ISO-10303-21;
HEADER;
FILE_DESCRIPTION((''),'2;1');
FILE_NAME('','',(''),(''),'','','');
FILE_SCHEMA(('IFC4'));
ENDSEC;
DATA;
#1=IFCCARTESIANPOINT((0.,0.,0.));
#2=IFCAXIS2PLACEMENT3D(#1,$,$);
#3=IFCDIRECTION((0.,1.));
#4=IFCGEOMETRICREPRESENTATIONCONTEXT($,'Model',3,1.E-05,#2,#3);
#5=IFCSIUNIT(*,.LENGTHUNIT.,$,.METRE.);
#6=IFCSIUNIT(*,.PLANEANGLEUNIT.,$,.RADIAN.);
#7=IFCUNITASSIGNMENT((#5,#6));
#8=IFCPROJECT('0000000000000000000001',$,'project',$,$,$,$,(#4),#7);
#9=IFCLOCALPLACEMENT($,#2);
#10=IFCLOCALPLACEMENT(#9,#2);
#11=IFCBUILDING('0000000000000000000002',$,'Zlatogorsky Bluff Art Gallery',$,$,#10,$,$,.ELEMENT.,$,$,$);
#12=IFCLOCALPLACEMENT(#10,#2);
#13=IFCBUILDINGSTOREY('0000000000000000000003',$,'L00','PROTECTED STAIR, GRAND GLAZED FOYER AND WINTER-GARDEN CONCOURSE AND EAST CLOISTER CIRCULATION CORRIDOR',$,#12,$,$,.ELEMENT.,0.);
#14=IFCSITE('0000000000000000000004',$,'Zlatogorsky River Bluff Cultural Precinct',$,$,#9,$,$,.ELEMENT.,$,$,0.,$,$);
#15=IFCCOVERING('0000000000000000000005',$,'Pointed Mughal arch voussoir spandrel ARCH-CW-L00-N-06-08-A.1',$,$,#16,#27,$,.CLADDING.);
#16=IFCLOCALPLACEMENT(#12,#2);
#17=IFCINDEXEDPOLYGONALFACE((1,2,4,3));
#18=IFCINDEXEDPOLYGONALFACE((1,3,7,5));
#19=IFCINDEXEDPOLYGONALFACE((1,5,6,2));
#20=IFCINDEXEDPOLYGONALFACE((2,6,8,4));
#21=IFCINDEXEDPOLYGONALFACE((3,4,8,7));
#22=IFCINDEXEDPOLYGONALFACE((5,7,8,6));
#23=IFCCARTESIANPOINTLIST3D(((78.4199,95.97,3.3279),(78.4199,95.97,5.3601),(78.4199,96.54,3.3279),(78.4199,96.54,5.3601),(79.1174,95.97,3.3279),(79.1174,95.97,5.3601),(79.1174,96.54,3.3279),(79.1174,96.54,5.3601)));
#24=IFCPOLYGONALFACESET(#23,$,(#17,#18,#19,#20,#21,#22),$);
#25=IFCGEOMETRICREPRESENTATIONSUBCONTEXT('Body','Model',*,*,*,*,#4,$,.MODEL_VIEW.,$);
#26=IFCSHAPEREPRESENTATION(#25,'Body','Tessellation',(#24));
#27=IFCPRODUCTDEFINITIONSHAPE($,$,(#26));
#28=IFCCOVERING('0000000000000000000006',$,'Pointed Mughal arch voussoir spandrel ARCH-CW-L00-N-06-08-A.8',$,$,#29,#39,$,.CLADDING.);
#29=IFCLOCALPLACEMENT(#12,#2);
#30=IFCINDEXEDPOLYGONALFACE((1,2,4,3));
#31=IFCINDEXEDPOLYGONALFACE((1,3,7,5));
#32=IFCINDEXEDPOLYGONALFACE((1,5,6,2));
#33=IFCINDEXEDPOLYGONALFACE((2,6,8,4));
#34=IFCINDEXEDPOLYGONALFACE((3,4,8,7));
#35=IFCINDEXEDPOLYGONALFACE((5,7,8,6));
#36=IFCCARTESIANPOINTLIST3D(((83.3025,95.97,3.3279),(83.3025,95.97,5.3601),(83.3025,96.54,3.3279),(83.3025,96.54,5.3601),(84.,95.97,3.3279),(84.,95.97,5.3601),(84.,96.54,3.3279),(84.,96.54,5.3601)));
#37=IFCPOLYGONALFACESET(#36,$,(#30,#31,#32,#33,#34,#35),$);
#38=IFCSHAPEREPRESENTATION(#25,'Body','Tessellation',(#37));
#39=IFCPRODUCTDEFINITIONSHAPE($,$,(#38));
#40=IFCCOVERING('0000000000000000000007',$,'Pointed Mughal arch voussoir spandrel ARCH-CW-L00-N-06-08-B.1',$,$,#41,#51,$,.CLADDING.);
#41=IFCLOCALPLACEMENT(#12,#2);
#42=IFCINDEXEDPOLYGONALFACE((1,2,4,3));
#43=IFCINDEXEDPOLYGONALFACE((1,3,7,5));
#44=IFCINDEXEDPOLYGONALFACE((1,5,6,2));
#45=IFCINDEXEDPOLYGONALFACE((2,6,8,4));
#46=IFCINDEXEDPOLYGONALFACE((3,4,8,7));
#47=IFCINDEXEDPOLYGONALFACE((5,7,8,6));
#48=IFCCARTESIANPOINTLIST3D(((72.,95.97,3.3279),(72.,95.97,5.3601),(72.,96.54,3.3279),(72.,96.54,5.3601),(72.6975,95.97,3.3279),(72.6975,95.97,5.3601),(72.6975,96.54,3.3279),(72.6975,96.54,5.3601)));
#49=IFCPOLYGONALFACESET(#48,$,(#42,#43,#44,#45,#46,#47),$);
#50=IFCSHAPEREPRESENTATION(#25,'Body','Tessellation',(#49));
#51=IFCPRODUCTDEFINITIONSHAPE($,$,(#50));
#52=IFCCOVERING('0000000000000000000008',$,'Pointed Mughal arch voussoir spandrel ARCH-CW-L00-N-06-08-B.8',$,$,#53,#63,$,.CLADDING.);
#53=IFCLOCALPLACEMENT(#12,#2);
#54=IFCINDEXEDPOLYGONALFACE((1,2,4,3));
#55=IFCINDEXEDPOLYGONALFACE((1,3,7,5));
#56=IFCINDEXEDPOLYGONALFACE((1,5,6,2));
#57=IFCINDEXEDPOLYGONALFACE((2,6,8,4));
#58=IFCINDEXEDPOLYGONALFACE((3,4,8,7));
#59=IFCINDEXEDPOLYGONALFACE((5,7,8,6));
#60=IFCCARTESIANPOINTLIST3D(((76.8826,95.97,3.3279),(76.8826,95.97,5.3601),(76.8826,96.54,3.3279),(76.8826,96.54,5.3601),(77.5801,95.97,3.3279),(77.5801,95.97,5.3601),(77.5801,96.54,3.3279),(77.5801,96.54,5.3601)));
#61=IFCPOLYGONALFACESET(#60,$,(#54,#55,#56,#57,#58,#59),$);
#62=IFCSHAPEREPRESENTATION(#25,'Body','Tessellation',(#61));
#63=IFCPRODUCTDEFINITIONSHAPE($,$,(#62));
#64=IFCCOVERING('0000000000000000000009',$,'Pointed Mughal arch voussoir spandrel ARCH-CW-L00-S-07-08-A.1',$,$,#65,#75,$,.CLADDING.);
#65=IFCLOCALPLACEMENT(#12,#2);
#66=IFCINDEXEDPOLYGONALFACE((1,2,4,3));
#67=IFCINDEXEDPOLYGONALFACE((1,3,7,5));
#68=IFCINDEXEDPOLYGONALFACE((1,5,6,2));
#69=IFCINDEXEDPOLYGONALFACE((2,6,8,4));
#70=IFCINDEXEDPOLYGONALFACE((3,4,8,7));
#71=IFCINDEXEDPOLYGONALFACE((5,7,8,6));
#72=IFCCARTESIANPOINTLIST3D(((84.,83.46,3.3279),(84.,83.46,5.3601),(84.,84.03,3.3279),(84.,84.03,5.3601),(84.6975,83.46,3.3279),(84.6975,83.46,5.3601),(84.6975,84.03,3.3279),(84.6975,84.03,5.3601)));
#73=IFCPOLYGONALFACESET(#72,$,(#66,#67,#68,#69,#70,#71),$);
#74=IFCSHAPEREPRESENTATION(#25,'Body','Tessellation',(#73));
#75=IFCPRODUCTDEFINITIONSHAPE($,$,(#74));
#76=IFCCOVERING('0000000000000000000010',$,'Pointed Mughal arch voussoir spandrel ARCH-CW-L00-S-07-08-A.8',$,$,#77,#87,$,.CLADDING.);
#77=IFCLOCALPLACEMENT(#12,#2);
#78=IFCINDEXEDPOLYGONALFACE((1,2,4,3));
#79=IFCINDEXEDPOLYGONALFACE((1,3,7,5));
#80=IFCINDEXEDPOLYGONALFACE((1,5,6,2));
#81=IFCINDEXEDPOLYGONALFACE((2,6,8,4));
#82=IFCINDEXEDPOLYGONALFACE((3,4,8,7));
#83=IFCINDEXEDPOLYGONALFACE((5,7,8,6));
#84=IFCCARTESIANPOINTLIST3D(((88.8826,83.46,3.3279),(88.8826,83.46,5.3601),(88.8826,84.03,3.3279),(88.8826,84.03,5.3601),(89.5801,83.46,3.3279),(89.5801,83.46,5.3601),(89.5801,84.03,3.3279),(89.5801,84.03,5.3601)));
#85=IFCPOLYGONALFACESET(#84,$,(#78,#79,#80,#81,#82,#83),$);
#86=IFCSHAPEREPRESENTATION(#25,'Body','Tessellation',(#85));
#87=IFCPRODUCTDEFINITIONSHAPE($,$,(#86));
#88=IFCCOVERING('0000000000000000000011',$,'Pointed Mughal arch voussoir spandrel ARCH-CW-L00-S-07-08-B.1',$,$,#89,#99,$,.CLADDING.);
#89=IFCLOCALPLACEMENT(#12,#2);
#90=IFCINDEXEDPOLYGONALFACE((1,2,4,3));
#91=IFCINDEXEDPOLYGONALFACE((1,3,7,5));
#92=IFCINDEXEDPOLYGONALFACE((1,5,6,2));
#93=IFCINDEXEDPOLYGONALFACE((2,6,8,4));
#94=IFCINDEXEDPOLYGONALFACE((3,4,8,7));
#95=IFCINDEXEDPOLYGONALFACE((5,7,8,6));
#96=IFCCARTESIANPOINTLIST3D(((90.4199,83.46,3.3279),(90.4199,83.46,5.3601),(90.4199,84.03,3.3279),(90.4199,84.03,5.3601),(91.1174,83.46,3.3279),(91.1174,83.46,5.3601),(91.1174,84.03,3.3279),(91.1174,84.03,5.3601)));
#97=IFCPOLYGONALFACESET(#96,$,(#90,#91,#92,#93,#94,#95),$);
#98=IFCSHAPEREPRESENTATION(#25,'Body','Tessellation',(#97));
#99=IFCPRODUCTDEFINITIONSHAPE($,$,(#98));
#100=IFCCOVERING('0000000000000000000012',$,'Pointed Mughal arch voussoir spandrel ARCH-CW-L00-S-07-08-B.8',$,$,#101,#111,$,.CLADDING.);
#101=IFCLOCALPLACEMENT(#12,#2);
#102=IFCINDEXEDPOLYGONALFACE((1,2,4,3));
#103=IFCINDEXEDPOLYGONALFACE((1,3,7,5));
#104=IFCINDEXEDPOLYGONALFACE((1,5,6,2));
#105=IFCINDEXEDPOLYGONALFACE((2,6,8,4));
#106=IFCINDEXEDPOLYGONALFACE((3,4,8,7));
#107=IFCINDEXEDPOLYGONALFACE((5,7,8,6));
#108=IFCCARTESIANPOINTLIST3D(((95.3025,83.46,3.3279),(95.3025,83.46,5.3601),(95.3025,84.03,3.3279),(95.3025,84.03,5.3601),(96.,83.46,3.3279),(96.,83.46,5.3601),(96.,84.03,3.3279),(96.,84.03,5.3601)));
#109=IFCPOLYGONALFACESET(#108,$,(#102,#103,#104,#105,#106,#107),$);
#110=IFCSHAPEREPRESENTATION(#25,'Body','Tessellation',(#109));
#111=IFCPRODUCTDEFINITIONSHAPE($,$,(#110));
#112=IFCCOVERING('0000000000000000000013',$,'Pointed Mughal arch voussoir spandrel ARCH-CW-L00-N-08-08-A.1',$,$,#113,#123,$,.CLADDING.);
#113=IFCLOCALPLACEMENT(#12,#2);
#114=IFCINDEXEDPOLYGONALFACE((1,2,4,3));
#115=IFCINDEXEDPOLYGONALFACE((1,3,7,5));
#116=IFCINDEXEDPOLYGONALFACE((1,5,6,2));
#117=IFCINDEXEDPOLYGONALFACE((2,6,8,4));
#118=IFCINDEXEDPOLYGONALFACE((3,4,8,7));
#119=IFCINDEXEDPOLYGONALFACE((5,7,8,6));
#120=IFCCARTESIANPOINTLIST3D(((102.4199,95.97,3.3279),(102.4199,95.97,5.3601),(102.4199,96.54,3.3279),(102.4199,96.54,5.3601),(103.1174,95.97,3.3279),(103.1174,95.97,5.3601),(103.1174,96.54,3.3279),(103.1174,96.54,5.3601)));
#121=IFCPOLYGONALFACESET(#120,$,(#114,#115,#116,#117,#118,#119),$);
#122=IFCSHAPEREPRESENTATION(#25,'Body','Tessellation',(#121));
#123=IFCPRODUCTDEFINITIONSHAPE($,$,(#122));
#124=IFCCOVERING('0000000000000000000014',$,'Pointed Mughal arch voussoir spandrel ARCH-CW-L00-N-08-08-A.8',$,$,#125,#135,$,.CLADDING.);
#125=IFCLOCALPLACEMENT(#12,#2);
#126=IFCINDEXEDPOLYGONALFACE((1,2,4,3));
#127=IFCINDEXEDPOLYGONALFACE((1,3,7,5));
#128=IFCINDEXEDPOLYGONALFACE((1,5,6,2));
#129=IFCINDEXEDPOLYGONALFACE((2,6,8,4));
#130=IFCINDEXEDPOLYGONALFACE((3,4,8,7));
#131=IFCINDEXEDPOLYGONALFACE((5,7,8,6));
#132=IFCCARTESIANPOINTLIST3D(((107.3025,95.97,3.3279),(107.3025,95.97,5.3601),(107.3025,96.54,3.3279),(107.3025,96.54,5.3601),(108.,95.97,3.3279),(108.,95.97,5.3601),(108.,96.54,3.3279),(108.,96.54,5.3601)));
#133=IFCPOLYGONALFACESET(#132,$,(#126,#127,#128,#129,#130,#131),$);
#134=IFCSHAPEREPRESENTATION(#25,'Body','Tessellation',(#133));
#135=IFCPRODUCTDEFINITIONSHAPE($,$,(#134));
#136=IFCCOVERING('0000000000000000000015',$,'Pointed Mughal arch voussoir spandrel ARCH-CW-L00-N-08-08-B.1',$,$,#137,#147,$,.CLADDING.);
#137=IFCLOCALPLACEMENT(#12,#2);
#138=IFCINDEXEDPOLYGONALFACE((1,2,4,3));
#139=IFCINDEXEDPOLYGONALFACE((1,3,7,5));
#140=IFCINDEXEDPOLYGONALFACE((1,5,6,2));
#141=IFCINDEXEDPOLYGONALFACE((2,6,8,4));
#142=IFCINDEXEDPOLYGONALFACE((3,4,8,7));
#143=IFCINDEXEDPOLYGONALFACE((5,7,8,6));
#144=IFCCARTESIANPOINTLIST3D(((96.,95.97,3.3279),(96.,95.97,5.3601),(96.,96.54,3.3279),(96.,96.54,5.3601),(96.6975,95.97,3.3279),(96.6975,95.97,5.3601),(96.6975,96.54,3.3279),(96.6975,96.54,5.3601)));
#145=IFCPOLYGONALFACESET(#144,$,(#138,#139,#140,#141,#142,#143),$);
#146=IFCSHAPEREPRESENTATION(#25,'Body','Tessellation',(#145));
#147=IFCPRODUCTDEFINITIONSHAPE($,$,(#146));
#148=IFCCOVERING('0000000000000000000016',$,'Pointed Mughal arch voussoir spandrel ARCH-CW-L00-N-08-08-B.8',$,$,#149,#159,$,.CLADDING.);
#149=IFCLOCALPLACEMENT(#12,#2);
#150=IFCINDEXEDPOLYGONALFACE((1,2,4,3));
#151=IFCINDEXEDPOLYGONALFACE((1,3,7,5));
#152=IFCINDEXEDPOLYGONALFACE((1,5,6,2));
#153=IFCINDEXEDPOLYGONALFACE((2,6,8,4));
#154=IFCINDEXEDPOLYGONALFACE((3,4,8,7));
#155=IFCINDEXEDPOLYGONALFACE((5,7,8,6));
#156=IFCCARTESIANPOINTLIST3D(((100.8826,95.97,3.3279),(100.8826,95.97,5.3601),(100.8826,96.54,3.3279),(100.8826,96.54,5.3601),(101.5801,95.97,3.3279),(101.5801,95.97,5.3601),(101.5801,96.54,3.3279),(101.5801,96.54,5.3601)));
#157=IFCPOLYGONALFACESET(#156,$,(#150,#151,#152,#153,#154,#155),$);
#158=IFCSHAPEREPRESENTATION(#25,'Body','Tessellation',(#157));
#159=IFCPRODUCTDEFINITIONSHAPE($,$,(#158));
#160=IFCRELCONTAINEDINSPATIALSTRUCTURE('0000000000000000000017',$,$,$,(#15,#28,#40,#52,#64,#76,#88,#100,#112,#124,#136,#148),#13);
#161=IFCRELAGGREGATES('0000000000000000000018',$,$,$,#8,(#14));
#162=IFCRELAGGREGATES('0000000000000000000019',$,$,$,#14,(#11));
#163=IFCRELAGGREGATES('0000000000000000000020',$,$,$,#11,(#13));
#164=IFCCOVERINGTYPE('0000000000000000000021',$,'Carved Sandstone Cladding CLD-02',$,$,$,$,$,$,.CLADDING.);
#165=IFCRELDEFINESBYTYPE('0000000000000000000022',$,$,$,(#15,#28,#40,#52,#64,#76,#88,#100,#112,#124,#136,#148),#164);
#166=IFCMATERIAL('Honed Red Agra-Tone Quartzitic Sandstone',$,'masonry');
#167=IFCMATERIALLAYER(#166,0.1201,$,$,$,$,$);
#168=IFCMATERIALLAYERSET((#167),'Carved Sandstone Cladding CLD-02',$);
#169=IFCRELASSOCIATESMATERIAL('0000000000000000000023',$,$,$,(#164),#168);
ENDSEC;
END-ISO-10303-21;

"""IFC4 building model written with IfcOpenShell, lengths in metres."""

from ifc_helpers import new_model, si_unit, direction, frame, origin, place, context, subcontext, project, spatial, polyline, outline, extrude, material, layer, layer_set, type_object, element, save


model = new_model("IFC4")

# Units and contexts
model_context = context("Model", 3, precision=1e-05, world=origin(), true_north=direction((0.0, 1.0)))
body_context = subcontext(model_context, "Body", "Model", "MODEL_VIEW")
ifc_project = project(units=[si_unit("LENGTHUNIT", "METRE"), si_unit("PLANEANGLEUNIT", "RADIAN")], contexts=[model_context])

# Site, building, storey
site_placement = place(None, origin())
site = spatial("IfcSite", under=ifc_project, at=site_placement, Name="Zlatogorsky River Bluff Cultural Precinct", CompositionType="ELEMENT", RefElevation=0.0)
building_placement = place(site_placement, origin())
building = spatial("IfcBuilding", under=site, at=building_placement, Name="Zlatogorsky Bluff Art Gallery", CompositionType="ELEMENT")
storey_placement = place(building_placement, origin())
storey = spatial("IfcBuildingStorey", under=building, at=storey_placement, Name="L00", Description="PROTECTED STAIR, GRAND GLAZED FOYER AND WINTER-GARDEN CONCOURSE AND EAST CLOISTER CIRCULATION CORRIDOR", CompositionType="ELEMENT", Elevation=0.0)

# Coverings
ifc_material = material(Name="Honed Red Agra-Tone Quartzitic Sandstone", Category="masonry")
ifc_layer = layer(ifc_material, 0.1201)
ifc_layer_set = layer_set([ifc_layer], Name="Carved Sandstone Cladding CLD-02")
covering_type = type_object("IfcCoveringType", Name="Carved Sandstone Cladding CLD-02", PredefinedType="CLADDING", material=ifc_layer_set)
covering_1_placement = place(storey_placement, frame((0.0, 0.0, 3.3279)))
element("IfcCovering", 1, at=covering_1_placement, inside=storey, type_object=covering_type, Name="Pointed Mughal arch voussoir spandrel ARCH-CW-L00-N-06-08-A.1", PredefinedType="CLADDING", context=body_context, shape_type="SweptSolid", body=[
    extrude(outline(polyline([(78.4199, 95.97), (79.1174, 95.97), (79.1174, 96.54), (78.4199, 96.54), (78.4199, 95.97)])), origin(), (0.0, 0.0, 1.0), 2.0322),
])
covering_2_placement = place(storey_placement, frame((0.0, 0.0, 3.3279)))
element("IfcCovering", 2, at=covering_2_placement, inside=storey, type_object=covering_type, Name="Pointed Mughal arch voussoir spandrel ARCH-CW-L00-N-06-08-A.8", PredefinedType="CLADDING", context=body_context, shape_type="SweptSolid", body=[
    extrude(outline(polyline([(83.3025, 95.97), (84.0, 95.97), (84.0, 96.54), (83.3025, 96.54), (83.3025, 95.97)])), origin(), (0.0, 0.0, 1.0), 2.0322),
])
covering_3_placement = place(storey_placement, frame((0.0, 0.0, 3.3279)))
element("IfcCovering", 3, at=covering_3_placement, inside=storey, type_object=covering_type, Name="Pointed Mughal arch voussoir spandrel ARCH-CW-L00-N-06-08-B.1", PredefinedType="CLADDING", context=body_context, shape_type="SweptSolid", body=[
    extrude(outline(polyline([(72.0, 95.97), (72.6975, 95.97), (72.6975, 96.54), (72.0, 96.54), (72.0, 95.97)])), origin(), (0.0, 0.0, 1.0), 2.0322),
])
covering_4_placement = place(storey_placement, frame((0.0, 0.0, 3.3279)))
element("IfcCovering", 4, at=covering_4_placement, inside=storey, type_object=covering_type, Name="Pointed Mughal arch voussoir spandrel ARCH-CW-L00-N-06-08-B.8", PredefinedType="CLADDING", context=body_context, shape_type="SweptSolid", body=[
    extrude(outline(polyline([(76.8826, 95.97), (77.5801, 95.97), (77.5801, 96.54), (76.8826, 96.54), (76.8826, 95.97)])), origin(), (0.0, 0.0, 1.0), 2.0322),
])
covering_5_placement = place(storey_placement, frame((0.0, 0.0, 3.3279)))
element("IfcCovering", 5, at=covering_5_placement, inside=storey, type_object=covering_type, Name="Pointed Mughal arch voussoir spandrel ARCH-CW-L00-S-07-08-A.1", PredefinedType="CLADDING", context=body_context, shape_type="SweptSolid", body=[
    extrude(outline(polyline([(84.0, 83.46), (84.6975, 83.46), (84.6975, 84.03), (84.0, 84.03), (84.0, 83.46)])), origin(), (0.0, 0.0, 1.0), 2.0322),
])
covering_6_placement = place(storey_placement, frame((0.0, 0.0, 3.3279)))
element("IfcCovering", 6, at=covering_6_placement, inside=storey, type_object=covering_type, Name="Pointed Mughal arch voussoir spandrel ARCH-CW-L00-S-07-08-A.8", PredefinedType="CLADDING", context=body_context, shape_type="SweptSolid", body=[
    extrude(outline(polyline([(88.8826, 83.46), (89.5801, 83.46), (89.5801, 84.03), (88.8826, 84.03), (88.8826, 83.46)])), origin(), (0.0, 0.0, 1.0), 2.0322),
])
covering_7_placement = place(storey_placement, frame((0.0, 0.0, 3.3279)))
element("IfcCovering", 7, at=covering_7_placement, inside=storey, type_object=covering_type, Name="Pointed Mughal arch voussoir spandrel ARCH-CW-L00-S-07-08-B.1", PredefinedType="CLADDING", context=body_context, shape_type="SweptSolid", body=[
    extrude(outline(polyline([(90.4199, 83.46), (91.1174, 83.46), (91.1174, 84.03), (90.4199, 84.03), (90.4199, 83.46)])), origin(), (0.0, 0.0, 1.0), 2.0322),
])
covering_8_placement = place(storey_placement, frame((0.0, 0.0, 3.3279)))
element("IfcCovering", 8, at=covering_8_placement, inside=storey, type_object=covering_type, Name="Pointed Mughal arch voussoir spandrel ARCH-CW-L00-S-07-08-B.8", PredefinedType="CLADDING", context=body_context, shape_type="SweptSolid", body=[
    extrude(outline(polyline([(95.3025, 83.46), (96.0, 83.46), (96.0, 84.03), (95.3025, 84.03), (95.3025, 83.46)])), origin(), (0.0, 0.0, 1.0), 2.0322),
])
covering_9_placement = place(storey_placement, frame((0.0, 0.0, 3.3279)))
element("IfcCovering", 9, at=covering_9_placement, inside=storey, type_object=covering_type, Name="Pointed Mughal arch voussoir spandrel ARCH-CW-L00-N-08-08-A.1", PredefinedType="CLADDING", context=body_context, shape_type="SweptSolid", body=[
    extrude(outline(polyline([(102.4199, 95.97), (103.1174, 95.97), (103.1174, 96.54), (102.4199, 96.54), (102.4199, 95.97)])), origin(), (0.0, 0.0, 1.0), 2.0322),
])
covering_10_placement = place(storey_placement, frame((0.0, 0.0, 3.3279)))
element("IfcCovering", 10, at=covering_10_placement, inside=storey, type_object=covering_type, Name="Pointed Mughal arch voussoir spandrel ARCH-CW-L00-N-08-08-A.8", PredefinedType="CLADDING", context=body_context, shape_type="SweptSolid", body=[
    extrude(outline(polyline([(107.3025, 95.97), (108.0, 95.97), (108.0, 96.54), (107.3025, 96.54), (107.3025, 95.97)])), origin(), (0.0, 0.0, 1.0), 2.0322),
])
covering_11_placement = place(storey_placement, frame((0.0, 0.0, 3.3279)))
element("IfcCovering", 11, at=covering_11_placement, inside=storey, type_object=covering_type, Name="Pointed Mughal arch voussoir spandrel ARCH-CW-L00-N-08-08-B.1", PredefinedType="CLADDING", context=body_context, shape_type="SweptSolid", body=[
    extrude(outline(polyline([(96.0, 95.97), (96.6975, 95.97), (96.6975, 96.54), (96.0, 96.54), (96.0, 95.97)])), origin(), (0.0, 0.0, 1.0), 2.0322),
])
covering_12_placement = place(storey_placement, frame((0.0, 0.0, 3.3279)))
element("IfcCovering", 12, at=covering_12_placement, inside=storey, type_object=covering_type, Name="Pointed Mughal arch voussoir spandrel ARCH-CW-L00-N-08-08-B.8", PredefinedType="CLADDING", context=body_context, shape_type="SweptSolid", body=[
    extrude(outline(polyline([(100.8826, 95.97), (101.5801, 95.97), (101.5801, 96.54), (100.8826, 96.54), (100.8826, 95.97)])), origin(), (0.0, 0.0, 1.0), 2.0322),
])

save(model, "model.ifc")
